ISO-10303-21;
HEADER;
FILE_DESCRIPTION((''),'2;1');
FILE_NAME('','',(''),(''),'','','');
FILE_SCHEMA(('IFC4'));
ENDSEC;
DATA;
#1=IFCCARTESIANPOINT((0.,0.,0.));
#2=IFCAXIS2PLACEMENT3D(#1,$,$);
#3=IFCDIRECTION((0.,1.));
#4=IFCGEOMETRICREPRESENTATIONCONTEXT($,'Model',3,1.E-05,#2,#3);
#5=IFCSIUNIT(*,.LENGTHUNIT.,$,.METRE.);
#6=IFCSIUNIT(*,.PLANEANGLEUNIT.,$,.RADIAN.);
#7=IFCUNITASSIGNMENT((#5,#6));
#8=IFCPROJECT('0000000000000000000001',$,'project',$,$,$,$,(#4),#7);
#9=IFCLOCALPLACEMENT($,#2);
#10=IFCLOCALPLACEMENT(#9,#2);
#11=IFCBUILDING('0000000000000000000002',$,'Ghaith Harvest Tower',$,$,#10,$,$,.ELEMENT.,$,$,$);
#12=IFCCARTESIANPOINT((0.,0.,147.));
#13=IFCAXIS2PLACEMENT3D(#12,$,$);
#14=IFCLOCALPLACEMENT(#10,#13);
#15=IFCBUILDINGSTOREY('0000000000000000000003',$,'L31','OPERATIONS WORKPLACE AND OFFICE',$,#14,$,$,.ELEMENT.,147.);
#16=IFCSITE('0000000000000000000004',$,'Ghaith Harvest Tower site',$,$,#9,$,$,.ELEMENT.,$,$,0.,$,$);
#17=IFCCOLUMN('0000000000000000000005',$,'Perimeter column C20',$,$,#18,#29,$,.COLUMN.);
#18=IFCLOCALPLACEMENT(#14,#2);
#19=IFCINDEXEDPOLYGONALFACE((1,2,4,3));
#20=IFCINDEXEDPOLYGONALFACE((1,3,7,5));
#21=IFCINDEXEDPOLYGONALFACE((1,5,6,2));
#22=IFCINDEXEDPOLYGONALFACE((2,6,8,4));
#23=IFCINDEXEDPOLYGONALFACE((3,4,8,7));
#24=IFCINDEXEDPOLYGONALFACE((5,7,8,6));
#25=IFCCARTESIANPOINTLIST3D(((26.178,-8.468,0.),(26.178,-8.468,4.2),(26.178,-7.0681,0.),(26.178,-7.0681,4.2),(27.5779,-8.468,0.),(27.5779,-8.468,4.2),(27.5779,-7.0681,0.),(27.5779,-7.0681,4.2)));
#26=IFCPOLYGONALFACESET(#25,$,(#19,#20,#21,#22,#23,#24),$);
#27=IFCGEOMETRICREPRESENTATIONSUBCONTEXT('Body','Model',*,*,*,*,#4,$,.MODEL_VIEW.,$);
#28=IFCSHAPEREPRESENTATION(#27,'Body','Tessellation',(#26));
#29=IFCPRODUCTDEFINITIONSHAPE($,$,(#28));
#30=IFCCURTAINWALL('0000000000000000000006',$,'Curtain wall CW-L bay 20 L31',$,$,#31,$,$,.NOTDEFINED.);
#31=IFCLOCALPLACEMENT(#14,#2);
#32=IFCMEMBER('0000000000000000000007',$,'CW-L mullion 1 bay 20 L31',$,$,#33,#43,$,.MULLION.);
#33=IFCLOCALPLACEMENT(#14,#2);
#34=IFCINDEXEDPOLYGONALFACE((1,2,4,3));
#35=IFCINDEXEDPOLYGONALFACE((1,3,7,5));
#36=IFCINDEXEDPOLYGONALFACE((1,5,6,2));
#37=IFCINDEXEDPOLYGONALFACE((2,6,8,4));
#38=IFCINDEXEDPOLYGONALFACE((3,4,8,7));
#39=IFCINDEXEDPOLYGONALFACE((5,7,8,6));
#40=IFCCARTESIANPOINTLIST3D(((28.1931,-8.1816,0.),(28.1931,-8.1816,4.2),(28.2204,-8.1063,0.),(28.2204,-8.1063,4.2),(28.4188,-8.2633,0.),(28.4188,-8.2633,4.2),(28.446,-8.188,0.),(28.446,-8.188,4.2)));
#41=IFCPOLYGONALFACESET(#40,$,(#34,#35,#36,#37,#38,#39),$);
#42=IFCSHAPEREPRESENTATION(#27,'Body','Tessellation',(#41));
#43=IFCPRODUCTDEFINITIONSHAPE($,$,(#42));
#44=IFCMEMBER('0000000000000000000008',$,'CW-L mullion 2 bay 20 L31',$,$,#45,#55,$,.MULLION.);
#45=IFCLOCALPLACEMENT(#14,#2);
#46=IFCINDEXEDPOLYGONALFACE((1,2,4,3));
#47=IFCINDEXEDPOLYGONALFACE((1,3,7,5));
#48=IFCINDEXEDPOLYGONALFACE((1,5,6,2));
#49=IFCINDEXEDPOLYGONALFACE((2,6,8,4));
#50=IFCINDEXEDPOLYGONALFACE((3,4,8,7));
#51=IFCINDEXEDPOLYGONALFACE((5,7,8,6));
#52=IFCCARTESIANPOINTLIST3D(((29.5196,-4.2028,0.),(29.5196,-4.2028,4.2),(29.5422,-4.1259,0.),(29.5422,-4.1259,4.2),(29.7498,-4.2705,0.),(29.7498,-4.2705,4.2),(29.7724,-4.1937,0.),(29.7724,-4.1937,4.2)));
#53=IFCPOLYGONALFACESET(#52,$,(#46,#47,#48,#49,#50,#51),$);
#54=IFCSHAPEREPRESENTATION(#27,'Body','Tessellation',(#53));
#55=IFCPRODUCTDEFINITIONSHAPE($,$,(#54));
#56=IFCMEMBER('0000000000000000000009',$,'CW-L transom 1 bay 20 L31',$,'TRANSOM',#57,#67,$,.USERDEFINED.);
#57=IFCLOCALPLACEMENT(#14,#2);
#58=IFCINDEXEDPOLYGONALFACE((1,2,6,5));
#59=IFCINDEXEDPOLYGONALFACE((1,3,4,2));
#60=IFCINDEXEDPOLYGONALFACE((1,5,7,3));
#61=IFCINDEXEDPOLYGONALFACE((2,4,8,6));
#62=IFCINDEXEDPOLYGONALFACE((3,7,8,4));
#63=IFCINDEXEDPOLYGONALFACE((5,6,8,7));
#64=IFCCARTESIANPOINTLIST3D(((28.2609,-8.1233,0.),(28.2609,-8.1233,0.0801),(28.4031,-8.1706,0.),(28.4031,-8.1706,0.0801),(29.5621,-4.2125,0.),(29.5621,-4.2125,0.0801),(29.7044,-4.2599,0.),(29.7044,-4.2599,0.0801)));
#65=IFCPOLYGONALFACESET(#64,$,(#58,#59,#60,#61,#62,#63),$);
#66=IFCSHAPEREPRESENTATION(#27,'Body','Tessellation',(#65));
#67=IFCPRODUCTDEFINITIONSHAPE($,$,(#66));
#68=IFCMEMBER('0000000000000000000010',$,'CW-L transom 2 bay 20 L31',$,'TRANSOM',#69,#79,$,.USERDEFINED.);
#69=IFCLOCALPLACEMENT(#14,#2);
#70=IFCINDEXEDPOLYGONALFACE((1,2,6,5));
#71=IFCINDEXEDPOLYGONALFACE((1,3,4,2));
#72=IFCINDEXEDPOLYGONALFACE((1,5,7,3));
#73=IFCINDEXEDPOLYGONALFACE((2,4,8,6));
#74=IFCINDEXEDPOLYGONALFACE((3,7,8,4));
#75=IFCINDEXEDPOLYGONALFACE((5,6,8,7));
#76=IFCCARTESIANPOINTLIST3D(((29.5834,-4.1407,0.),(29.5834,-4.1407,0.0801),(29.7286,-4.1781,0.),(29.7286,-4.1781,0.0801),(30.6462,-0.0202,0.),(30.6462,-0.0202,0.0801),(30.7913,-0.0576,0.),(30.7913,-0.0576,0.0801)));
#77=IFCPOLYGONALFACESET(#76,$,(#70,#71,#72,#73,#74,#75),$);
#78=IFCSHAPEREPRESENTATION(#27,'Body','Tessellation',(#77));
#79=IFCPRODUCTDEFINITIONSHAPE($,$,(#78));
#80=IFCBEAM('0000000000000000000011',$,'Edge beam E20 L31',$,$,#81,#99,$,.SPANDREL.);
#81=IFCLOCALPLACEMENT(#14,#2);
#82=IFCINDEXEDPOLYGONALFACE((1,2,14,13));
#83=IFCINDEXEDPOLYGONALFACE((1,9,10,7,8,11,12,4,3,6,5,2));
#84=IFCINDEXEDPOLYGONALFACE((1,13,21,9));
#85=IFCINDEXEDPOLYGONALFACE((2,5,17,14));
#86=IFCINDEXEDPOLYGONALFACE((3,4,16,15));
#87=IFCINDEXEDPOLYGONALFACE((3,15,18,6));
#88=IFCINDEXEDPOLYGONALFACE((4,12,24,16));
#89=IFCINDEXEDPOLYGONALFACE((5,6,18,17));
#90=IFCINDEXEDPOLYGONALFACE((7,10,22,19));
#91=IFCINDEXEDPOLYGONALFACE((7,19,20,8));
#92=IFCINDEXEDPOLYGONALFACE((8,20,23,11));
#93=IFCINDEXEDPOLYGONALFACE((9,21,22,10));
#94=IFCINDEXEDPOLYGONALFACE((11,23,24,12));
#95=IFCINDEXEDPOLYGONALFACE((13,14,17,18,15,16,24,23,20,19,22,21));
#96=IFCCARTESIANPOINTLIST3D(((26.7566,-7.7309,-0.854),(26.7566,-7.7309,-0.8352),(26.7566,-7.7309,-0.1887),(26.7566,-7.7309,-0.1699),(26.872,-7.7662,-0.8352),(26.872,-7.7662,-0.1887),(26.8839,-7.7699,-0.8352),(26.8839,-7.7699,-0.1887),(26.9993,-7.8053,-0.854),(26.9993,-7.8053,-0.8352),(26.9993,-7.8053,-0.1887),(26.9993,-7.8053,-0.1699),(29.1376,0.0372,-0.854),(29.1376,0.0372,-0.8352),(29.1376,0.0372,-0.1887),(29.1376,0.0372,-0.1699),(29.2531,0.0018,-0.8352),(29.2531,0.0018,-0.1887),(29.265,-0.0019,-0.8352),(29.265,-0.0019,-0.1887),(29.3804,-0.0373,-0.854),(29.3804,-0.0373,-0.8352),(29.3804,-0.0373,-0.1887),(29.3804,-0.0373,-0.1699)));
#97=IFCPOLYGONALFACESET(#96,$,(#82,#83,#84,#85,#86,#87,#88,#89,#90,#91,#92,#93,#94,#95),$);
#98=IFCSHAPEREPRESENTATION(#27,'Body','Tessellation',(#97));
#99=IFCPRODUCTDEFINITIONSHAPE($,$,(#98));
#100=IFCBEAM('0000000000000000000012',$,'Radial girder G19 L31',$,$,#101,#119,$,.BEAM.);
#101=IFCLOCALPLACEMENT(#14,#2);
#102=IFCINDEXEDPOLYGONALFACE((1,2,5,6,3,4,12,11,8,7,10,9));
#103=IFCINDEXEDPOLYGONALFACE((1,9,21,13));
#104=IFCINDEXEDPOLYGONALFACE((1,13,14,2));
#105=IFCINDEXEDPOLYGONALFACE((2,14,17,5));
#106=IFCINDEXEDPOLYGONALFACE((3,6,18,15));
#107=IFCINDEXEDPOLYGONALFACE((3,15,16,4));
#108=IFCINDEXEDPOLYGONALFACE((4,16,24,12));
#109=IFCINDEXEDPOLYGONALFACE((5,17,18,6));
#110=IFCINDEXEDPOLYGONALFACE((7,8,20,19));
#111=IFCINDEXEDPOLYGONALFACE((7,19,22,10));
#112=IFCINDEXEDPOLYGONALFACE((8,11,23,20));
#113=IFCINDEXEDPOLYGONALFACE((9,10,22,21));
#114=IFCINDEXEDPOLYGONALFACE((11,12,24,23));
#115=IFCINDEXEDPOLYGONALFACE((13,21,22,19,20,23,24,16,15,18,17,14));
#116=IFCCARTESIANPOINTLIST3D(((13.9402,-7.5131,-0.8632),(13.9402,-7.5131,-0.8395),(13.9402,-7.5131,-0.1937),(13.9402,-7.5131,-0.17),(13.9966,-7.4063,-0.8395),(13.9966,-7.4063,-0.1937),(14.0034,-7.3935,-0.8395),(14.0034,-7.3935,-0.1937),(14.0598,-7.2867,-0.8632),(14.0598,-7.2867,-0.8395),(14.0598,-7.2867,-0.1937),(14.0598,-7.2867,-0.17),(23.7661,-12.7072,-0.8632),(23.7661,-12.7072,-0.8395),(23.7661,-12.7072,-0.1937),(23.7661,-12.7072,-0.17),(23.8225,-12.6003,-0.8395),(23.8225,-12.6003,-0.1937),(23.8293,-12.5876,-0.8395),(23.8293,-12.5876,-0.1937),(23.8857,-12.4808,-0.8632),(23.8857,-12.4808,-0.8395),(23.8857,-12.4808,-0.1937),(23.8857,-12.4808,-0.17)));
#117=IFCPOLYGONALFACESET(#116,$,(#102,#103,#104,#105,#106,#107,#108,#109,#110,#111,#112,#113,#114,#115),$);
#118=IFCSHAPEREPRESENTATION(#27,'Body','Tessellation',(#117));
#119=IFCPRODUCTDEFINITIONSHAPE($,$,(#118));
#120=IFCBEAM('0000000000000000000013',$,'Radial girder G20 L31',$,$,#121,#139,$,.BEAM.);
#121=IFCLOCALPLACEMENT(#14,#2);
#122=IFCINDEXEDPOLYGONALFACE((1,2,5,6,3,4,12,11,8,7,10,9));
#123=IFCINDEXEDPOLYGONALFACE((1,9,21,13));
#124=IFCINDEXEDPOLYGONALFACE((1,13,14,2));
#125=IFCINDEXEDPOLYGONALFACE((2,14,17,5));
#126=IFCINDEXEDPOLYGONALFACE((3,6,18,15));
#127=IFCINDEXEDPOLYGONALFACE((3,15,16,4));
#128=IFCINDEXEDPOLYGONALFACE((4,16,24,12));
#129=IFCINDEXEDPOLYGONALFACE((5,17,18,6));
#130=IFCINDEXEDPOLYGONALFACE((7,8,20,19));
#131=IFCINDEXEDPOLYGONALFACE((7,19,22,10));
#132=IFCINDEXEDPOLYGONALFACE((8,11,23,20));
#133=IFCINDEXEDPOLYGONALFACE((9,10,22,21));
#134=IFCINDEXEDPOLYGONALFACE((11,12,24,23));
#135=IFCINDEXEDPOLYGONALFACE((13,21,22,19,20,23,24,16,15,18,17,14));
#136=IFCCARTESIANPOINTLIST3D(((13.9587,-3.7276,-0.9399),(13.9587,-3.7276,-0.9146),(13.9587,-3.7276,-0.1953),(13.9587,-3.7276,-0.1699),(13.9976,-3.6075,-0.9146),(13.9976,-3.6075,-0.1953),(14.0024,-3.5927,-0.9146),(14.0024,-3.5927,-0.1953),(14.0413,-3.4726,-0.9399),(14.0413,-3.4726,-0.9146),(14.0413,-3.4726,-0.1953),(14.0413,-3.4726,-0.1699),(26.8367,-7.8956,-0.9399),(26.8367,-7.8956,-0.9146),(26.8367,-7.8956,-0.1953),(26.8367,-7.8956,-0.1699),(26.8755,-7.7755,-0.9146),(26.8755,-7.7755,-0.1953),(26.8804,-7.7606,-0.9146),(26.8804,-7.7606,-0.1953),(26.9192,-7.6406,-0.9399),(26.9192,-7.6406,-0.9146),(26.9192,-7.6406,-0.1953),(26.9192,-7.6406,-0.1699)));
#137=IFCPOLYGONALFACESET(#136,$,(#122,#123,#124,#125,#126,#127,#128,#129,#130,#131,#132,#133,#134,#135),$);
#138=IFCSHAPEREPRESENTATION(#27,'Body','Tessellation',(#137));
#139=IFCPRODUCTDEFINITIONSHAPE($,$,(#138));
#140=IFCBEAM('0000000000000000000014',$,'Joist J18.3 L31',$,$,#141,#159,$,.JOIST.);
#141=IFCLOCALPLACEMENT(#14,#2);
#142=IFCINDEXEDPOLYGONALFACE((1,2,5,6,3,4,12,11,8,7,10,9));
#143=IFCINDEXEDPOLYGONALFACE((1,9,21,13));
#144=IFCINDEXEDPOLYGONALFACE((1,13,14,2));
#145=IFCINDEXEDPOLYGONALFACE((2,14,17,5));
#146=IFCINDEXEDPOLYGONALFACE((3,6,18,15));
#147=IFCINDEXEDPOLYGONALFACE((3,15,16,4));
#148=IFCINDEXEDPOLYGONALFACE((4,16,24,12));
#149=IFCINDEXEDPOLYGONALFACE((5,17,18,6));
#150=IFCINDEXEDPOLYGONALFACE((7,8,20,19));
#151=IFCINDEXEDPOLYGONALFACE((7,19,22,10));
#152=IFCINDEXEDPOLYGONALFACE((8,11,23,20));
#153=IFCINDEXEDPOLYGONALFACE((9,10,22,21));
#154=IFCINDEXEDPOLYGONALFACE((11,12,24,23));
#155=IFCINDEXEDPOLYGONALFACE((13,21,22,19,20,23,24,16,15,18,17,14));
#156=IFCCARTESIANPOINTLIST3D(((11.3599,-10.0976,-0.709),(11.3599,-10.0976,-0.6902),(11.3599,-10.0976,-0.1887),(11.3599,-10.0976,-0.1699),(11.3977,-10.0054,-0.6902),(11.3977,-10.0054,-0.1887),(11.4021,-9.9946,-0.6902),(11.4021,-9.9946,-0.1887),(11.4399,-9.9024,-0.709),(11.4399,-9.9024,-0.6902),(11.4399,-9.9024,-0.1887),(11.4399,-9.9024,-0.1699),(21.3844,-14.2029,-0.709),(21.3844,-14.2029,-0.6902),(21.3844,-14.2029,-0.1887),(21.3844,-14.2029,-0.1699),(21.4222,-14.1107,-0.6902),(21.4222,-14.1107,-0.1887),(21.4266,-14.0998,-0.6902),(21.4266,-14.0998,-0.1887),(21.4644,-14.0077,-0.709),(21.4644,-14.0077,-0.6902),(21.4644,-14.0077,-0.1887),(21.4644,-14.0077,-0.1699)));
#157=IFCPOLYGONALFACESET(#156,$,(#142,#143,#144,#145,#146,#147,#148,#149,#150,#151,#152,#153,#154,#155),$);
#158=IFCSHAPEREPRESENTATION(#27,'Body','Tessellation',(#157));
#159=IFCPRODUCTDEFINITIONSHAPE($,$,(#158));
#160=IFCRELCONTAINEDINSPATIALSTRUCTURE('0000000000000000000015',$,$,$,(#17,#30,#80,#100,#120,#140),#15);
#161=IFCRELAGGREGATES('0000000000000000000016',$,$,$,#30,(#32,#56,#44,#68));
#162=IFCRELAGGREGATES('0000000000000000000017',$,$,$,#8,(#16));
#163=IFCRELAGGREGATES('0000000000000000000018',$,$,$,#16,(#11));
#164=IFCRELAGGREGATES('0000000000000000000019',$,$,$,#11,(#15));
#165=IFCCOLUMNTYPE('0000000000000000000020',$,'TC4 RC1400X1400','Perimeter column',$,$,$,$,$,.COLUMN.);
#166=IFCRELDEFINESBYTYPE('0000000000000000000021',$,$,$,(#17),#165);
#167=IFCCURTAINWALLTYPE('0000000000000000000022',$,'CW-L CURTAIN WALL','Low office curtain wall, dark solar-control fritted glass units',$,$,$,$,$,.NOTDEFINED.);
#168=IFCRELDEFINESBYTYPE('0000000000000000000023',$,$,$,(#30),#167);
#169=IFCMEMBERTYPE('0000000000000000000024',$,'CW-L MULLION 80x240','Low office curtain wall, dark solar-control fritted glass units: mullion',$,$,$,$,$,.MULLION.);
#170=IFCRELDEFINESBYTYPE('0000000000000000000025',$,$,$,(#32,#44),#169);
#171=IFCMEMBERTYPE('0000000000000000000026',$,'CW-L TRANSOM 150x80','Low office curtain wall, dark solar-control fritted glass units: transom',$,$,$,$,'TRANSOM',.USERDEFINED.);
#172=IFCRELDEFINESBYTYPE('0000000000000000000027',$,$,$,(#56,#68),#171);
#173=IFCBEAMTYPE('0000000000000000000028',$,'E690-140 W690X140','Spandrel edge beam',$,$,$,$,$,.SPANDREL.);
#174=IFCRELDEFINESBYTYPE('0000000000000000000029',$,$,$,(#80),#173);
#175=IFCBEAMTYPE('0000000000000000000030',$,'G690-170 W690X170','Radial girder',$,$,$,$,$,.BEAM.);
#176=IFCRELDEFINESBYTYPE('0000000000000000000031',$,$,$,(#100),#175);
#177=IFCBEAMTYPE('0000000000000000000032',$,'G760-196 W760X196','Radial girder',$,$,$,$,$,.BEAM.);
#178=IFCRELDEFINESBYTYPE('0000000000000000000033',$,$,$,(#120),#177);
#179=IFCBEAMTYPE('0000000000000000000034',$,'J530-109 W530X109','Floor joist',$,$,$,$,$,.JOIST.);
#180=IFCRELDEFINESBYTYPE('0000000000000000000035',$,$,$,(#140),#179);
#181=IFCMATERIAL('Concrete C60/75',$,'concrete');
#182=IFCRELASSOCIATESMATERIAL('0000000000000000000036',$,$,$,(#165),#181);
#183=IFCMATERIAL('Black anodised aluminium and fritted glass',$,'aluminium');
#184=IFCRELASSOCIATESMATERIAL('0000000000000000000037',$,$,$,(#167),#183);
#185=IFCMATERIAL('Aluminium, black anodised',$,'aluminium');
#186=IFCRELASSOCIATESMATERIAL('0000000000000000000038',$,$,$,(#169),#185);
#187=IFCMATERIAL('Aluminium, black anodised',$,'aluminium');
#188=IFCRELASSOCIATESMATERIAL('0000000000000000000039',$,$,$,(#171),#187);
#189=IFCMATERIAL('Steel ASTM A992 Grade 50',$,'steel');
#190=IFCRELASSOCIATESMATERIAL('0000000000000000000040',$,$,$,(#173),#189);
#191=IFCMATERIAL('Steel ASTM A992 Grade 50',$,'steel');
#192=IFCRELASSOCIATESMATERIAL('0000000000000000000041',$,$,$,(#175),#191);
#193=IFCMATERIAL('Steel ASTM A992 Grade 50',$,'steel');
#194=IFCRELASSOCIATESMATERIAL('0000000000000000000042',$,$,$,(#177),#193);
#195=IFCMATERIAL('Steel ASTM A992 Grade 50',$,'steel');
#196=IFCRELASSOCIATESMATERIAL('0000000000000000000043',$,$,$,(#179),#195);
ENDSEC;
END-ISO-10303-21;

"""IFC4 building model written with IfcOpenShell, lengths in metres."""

from ifc_helpers import new_model, si_unit, direction, frame, origin, origin_2d, place, context, subcontext, project, spatial, rectangle, i_section, extrude, material, material_profile, profile_set, type_object, element, aggregate, save


model = new_model("IFC4")

# Units and contexts
model_context = context("Model", 3, precision=1e-05, world=origin(), true_north=direction((0.0, 1.0)))
body_context = subcontext(model_context, "Body", "Model", "MODEL_VIEW")
ifc_project = project(units=[si_unit("LENGTHUNIT", "METRE"), si_unit("PLANEANGLEUNIT", "RADIAN")], contexts=[model_context])

# Site, building, storey
site_placement = place(None, origin())
site = spatial("IfcSite", under=ifc_project, at=site_placement, Name="Ghaith Harvest Tower site", CompositionType="ELEMENT", RefElevation=0.0)
building_placement = place(site_placement, origin())
building = spatial("IfcBuilding", under=site, at=building_placement, Name="Ghaith Harvest Tower", CompositionType="ELEMENT")
storey_placement = place(building_placement, frame((0.0, 0.0, 147.0)))
storey = spatial("IfcBuildingStorey", under=building, at=storey_placement, Name="L31", Description="OPERATIONS WORKPLACE AND OFFICE", CompositionType="ELEMENT", Elevation=147.0)

# Column
ifc_material_1 = material(Name="Concrete C60/75", Category="concrete")
ifc_material_profile_1 = material_profile(ifc_material_1, rectangle(XDim=1.3999, YDim=1.3999, at=origin_2d()), Name="RC1400X1400")
ifc_profile_set_1 = profile_set([ifc_material_profile_1], Name="Concrete C60/75")
column_type = type_object("IfcColumnType", Name="TC4 RC1400X1400", Description="Perimeter column", PredefinedType="COLUMN", material=ifc_profile_set_1)
column_placement = place(storey_placement, frame((26.8779, -7.7681, 0.0), z_axis=(0.0, 0.0, 1.0), x_axis=(1.0, 0.0, 0.0)))
element("IfcColumn", 1, at=column_placement, inside=storey, type_object=column_type, Name="Perimeter column C20", PredefinedType="COLUMN", context=body_context, shape_type="SweptSolid", body=[
    extrude(rectangle(XDim=1.3999, YDim=1.3999, at=origin_2d()), origin(), (0.0, 0.0, 1.0), 4.2),
])

# Curtain wall, members
ifc_material_2 = material(Name="Black anodised aluminium and fritted glass", Category="aluminium")
curtain_wall_type = type_object("IfcCurtainWallType", Name="CW-L CURTAIN WALL", Description="Low office curtain wall, dark solar-control fritted glass units", PredefinedType="NOTDEFINED", material=ifc_material_2)
curtain_wall_placement = place(storey_placement, origin())
curtain_wall = element("IfcCurtainWall", 2, at=curtain_wall_placement, inside=storey, type_object=curtain_wall_type, Name="Curtain wall CW-L bay 20 L31", PredefinedType="NOTDEFINED")
ifc_material_3 = material(Name="Aluminium, black anodised", Category="aluminium")
ifc_material_profile_2 = material_profile(ifc_material_3, rectangle(XDim=0.0801, YDim=0.24, at=origin_2d()), Name="CW-L MULLION 80x240")
ifc_profile_set_2 = profile_set([ifc_material_profile_2], Name="Aluminium, black anodised")
member_type_1 = type_object("IfcMemberType", Name="CW-L MULLION 80x240", Description="Low office curtain wall, dark solar-control fritted glass units: mullion", PredefinedType="MULLION", material=ifc_profile_set_2)
member_1_placement = place(storey_placement, frame((28.3196, -8.1848, 0.0), z_axis=(0.0, 0.0, 1.0), x_axis=(0.340574, 0.940218, 0.0)))
member_1 = element("IfcMember", 3, at=member_1_placement, type_object=member_type_1, Name="CW-L mullion 1 bay 20 L31", PredefinedType="MULLION", context=body_context, shape_type="SweptSolid", body=[
    extrude(rectangle(XDim=0.0801, YDim=0.24, at=origin_2d()), origin(), (0.0, 0.0, 1.0), 4.2),
])
member_2_placement = place(storey_placement, frame((29.646, -4.1982, 0.0), z_axis=(0.0, 0.0, 1.0), x_axis=(0.282375, 0.959304, 0.0)))
member_2 = element("IfcMember", 4, at=member_2_placement, type_object=member_type_1, Name="CW-L mullion 2 bay 20 L31", PredefinedType="MULLION", context=body_context, shape_type="SweptSolid", body=[
    extrude(rectangle(XDim=0.0801, YDim=0.24, at=origin_2d()), origin(), (0.0, 0.0, 1.0), 4.2),
])
ifc_material_4 = material(Name="Aluminium, black anodised", Category="aluminium")
ifc_material_profile_3 = material_profile(ifc_material_4, rectangle(XDim=0.1499, YDim=0.0801, at=origin_2d()), Name="CW-L TRANSOM 150x80")
ifc_profile_set_3 = profile_set([ifc_material_profile_3], Name="Aluminium, black anodised")
member_type_2 = type_object("IfcMemberType", Name="CW-L TRANSOM 150x80", Description="Low office curtain wall, dark solar-control fritted glass units: transom", ElementType="TRANSOM", PredefinedType="USERDEFINED", material=ifc_profile_set_3)
member_3_placement = place(storey_placement, frame((28.332, -8.147, 0.04), z_axis=(0.315712, 0.948855, 0.0), x_axis=(-0.948855, 0.315712, 0.0)))
member_3 = element("IfcMember", 5, at=member_3_placement, type_object=member_type_2, Name="CW-L transom 1 bay 20 L31", ObjectType="TRANSOM", PredefinedType="USERDEFINED", context=body_context, shape_type="SweptSolid", body=[
    extrude(rectangle(XDim=0.1499, YDim=0.0801, at=origin_2d()), origin(), (0.0, 0.0, 1.0), 4.1216),
])
member_4_placement = place(storey_placement, frame((29.656, -4.1594, 0.04), z_axis=(0.249737, 0.968314, 0.0), x_axis=(-0.968314, 0.249737, 0.0)))
member_4 = element("IfcMember", 6, at=member_4_placement, type_object=member_type_2, Name="CW-L transom 2 bay 20 L31", ObjectType="TRANSOM", PredefinedType="USERDEFINED", context=body_context, shape_type="SweptSolid", body=[
    extrude(rectangle(XDim=0.1499, YDim=0.0801, at=origin_2d()), origin(), (0.0, 0.0, 1.0), 4.2554),
])

# Beams
ifc_material_5 = material(Name="Steel ASTM A992 Grade 50", Category="steel")
ifc_material_profile_4 = material_profile(ifc_material_5, i_section(OverallWidth=0.2539, OverallDepth=0.6841, WebThickness=0.0125, FlangeThickness=0.0188, at=origin_2d()), Name="W690X140")
ifc_profile_set_4 = profile_set([ifc_material_profile_4], Name="Steel ASTM A992 Grade 50")
beam_type_1 = type_object("IfcBeamType", Name="E690-140 W690X140", Description="Spandrel edge beam", PredefinedType="SPANDREL", material=ifc_profile_set_4)
beam_1_placement = place(storey_placement, frame((26.8779, -7.7681, -0.512), z_axis=(0.293066, 0.956092, 0.0), x_axis=(-0.956092, 0.293066, 0.0)))
element("IfcBeam", 7, at=beam_1_placement, inside=storey, type_object=beam_type_1, Name="Edge beam E20 L31", PredefinedType="SPANDREL", context=body_context, shape_type="SweptSolid", body=[
    extrude(i_section(OverallWidth=0.2539, OverallDepth=0.6841, WebThickness=0.0125, FlangeThickness=0.0188, at=origin_2d()), origin(), (0.0, 0.0, 1.0), 8.1248),
])
ifc_material_6 = material(Name="Steel ASTM A992 Grade 50", Category="steel")
ifc_material_profile_5 = material_profile(ifc_material_6, i_section(OverallWidth=0.2561, OverallDepth=0.6931, WebThickness=0.0144, FlangeThickness=0.0237, at=origin_2d()), Name="W690X170")
ifc_profile_set_5 = profile_set([ifc_material_profile_5], Name="Steel ASTM A992 Grade 50")
beam_type_2 = type_object("IfcBeamType", Name="G690-170 W690X170", Description="Radial girder", PredefinedType="BEAM", material=ifc_profile_set_5)
beam_2_placement = place(storey_placement, frame((14.0, -7.3999, -0.5166), z_axis=(0.884081, -0.467335, 0.0), x_axis=(0.467335, 0.884081, 0.0)))
element("IfcBeam", 8, at=beam_2_placement, inside=storey, type_object=beam_type_2, Name="Radial girder G19 L31", PredefinedType="BEAM", context=body_context, shape_type="SweptSolid", body=[
    extrude(i_section(OverallWidth=0.2561, OverallDepth=0.6931, WebThickness=0.0144, FlangeThickness=0.0237, at=origin_2d()), origin(), (0.0, 0.0, 1.0), 11.1143),
])
ifc_material_7 = material(Name="Steel ASTM A992 Grade 50", Category="steel")
ifc_material_profile_6 = material_profile(ifc_material_7, i_section(OverallWidth=0.2681, OverallDepth=0.77, WebThickness=0.0156, FlangeThickness=0.0254, at=origin_2d()), Name="W760X196")
ifc_profile_set_6 = profile_set([ifc_material_profile_6], Name="Steel ASTM A992 Grade 50")
beam_type_3 = type_object("IfcBeamType", Name="G760-196 W760X196", Description="Radial girder", PredefinedType="BEAM", material=ifc_profile_set_6)
beam_3_placement = place(storey_placement, frame((14.0, -3.6001, -0.5549), z_axis=(0.95141, -0.307926, 0.0), x_axis=(0.307926, 0.95141, 0.0)))
element("IfcBeam", 9, at=beam_3_placement, inside=storey, type_object=beam_type_3, Name="Radial girder G20 L31", PredefinedType="BEAM", context=body_context, shape_type="SweptSolid", body=[
    extrude(i_section(OverallWidth=0.2681, OverallDepth=0.77, WebThickness=0.0156, FlangeThickness=0.0254, at=origin_2d()), origin(), (0.0, 0.0, 1.0), 13.5356),
])
ifc_material_8 = material(Name="Steel ASTM A992 Grade 50", Category="steel")
ifc_material_profile_7 = material_profile(ifc_material_8, i_section(OverallWidth=0.2109, OverallDepth=0.5391, WebThickness=0.0117, FlangeThickness=0.0188, at=origin_2d()), Name="W530X109")
ifc_profile_set_7 = profile_set([ifc_material_profile_7], Name="Steel ASTM A992 Grade 50")
beam_type_4 = type_object("IfcBeamType", Name="J530-109 W530X109", Description="Floor joist", PredefinedType="JOIST", material=ifc_profile_set_7)
beam_4_placement = place(storey_placement, frame((11.3999, -10.0, -0.4395), z_axis=(0.925407, -0.378975, 0.0), x_axis=(0.378975, 0.925407, 0.0)))
element("IfcBeam", 10, at=beam_4_placement, inside=storey, type_object=beam_type_4, Name="Joist J18.3 L31", PredefinedType="JOIST", context=body_context, shape_type="SweptSolid", body=[
    extrude(i_section(OverallWidth=0.2109, OverallDepth=0.5391, WebThickness=0.0117, FlangeThickness=0.0188, at=origin_2d()), origin(), (0.0, 0.0, 1.0), 10.8325),
])

aggregate(curtain_wall, [member_1, member_3, member_2, member_4])

save(model, "model.ifc")
